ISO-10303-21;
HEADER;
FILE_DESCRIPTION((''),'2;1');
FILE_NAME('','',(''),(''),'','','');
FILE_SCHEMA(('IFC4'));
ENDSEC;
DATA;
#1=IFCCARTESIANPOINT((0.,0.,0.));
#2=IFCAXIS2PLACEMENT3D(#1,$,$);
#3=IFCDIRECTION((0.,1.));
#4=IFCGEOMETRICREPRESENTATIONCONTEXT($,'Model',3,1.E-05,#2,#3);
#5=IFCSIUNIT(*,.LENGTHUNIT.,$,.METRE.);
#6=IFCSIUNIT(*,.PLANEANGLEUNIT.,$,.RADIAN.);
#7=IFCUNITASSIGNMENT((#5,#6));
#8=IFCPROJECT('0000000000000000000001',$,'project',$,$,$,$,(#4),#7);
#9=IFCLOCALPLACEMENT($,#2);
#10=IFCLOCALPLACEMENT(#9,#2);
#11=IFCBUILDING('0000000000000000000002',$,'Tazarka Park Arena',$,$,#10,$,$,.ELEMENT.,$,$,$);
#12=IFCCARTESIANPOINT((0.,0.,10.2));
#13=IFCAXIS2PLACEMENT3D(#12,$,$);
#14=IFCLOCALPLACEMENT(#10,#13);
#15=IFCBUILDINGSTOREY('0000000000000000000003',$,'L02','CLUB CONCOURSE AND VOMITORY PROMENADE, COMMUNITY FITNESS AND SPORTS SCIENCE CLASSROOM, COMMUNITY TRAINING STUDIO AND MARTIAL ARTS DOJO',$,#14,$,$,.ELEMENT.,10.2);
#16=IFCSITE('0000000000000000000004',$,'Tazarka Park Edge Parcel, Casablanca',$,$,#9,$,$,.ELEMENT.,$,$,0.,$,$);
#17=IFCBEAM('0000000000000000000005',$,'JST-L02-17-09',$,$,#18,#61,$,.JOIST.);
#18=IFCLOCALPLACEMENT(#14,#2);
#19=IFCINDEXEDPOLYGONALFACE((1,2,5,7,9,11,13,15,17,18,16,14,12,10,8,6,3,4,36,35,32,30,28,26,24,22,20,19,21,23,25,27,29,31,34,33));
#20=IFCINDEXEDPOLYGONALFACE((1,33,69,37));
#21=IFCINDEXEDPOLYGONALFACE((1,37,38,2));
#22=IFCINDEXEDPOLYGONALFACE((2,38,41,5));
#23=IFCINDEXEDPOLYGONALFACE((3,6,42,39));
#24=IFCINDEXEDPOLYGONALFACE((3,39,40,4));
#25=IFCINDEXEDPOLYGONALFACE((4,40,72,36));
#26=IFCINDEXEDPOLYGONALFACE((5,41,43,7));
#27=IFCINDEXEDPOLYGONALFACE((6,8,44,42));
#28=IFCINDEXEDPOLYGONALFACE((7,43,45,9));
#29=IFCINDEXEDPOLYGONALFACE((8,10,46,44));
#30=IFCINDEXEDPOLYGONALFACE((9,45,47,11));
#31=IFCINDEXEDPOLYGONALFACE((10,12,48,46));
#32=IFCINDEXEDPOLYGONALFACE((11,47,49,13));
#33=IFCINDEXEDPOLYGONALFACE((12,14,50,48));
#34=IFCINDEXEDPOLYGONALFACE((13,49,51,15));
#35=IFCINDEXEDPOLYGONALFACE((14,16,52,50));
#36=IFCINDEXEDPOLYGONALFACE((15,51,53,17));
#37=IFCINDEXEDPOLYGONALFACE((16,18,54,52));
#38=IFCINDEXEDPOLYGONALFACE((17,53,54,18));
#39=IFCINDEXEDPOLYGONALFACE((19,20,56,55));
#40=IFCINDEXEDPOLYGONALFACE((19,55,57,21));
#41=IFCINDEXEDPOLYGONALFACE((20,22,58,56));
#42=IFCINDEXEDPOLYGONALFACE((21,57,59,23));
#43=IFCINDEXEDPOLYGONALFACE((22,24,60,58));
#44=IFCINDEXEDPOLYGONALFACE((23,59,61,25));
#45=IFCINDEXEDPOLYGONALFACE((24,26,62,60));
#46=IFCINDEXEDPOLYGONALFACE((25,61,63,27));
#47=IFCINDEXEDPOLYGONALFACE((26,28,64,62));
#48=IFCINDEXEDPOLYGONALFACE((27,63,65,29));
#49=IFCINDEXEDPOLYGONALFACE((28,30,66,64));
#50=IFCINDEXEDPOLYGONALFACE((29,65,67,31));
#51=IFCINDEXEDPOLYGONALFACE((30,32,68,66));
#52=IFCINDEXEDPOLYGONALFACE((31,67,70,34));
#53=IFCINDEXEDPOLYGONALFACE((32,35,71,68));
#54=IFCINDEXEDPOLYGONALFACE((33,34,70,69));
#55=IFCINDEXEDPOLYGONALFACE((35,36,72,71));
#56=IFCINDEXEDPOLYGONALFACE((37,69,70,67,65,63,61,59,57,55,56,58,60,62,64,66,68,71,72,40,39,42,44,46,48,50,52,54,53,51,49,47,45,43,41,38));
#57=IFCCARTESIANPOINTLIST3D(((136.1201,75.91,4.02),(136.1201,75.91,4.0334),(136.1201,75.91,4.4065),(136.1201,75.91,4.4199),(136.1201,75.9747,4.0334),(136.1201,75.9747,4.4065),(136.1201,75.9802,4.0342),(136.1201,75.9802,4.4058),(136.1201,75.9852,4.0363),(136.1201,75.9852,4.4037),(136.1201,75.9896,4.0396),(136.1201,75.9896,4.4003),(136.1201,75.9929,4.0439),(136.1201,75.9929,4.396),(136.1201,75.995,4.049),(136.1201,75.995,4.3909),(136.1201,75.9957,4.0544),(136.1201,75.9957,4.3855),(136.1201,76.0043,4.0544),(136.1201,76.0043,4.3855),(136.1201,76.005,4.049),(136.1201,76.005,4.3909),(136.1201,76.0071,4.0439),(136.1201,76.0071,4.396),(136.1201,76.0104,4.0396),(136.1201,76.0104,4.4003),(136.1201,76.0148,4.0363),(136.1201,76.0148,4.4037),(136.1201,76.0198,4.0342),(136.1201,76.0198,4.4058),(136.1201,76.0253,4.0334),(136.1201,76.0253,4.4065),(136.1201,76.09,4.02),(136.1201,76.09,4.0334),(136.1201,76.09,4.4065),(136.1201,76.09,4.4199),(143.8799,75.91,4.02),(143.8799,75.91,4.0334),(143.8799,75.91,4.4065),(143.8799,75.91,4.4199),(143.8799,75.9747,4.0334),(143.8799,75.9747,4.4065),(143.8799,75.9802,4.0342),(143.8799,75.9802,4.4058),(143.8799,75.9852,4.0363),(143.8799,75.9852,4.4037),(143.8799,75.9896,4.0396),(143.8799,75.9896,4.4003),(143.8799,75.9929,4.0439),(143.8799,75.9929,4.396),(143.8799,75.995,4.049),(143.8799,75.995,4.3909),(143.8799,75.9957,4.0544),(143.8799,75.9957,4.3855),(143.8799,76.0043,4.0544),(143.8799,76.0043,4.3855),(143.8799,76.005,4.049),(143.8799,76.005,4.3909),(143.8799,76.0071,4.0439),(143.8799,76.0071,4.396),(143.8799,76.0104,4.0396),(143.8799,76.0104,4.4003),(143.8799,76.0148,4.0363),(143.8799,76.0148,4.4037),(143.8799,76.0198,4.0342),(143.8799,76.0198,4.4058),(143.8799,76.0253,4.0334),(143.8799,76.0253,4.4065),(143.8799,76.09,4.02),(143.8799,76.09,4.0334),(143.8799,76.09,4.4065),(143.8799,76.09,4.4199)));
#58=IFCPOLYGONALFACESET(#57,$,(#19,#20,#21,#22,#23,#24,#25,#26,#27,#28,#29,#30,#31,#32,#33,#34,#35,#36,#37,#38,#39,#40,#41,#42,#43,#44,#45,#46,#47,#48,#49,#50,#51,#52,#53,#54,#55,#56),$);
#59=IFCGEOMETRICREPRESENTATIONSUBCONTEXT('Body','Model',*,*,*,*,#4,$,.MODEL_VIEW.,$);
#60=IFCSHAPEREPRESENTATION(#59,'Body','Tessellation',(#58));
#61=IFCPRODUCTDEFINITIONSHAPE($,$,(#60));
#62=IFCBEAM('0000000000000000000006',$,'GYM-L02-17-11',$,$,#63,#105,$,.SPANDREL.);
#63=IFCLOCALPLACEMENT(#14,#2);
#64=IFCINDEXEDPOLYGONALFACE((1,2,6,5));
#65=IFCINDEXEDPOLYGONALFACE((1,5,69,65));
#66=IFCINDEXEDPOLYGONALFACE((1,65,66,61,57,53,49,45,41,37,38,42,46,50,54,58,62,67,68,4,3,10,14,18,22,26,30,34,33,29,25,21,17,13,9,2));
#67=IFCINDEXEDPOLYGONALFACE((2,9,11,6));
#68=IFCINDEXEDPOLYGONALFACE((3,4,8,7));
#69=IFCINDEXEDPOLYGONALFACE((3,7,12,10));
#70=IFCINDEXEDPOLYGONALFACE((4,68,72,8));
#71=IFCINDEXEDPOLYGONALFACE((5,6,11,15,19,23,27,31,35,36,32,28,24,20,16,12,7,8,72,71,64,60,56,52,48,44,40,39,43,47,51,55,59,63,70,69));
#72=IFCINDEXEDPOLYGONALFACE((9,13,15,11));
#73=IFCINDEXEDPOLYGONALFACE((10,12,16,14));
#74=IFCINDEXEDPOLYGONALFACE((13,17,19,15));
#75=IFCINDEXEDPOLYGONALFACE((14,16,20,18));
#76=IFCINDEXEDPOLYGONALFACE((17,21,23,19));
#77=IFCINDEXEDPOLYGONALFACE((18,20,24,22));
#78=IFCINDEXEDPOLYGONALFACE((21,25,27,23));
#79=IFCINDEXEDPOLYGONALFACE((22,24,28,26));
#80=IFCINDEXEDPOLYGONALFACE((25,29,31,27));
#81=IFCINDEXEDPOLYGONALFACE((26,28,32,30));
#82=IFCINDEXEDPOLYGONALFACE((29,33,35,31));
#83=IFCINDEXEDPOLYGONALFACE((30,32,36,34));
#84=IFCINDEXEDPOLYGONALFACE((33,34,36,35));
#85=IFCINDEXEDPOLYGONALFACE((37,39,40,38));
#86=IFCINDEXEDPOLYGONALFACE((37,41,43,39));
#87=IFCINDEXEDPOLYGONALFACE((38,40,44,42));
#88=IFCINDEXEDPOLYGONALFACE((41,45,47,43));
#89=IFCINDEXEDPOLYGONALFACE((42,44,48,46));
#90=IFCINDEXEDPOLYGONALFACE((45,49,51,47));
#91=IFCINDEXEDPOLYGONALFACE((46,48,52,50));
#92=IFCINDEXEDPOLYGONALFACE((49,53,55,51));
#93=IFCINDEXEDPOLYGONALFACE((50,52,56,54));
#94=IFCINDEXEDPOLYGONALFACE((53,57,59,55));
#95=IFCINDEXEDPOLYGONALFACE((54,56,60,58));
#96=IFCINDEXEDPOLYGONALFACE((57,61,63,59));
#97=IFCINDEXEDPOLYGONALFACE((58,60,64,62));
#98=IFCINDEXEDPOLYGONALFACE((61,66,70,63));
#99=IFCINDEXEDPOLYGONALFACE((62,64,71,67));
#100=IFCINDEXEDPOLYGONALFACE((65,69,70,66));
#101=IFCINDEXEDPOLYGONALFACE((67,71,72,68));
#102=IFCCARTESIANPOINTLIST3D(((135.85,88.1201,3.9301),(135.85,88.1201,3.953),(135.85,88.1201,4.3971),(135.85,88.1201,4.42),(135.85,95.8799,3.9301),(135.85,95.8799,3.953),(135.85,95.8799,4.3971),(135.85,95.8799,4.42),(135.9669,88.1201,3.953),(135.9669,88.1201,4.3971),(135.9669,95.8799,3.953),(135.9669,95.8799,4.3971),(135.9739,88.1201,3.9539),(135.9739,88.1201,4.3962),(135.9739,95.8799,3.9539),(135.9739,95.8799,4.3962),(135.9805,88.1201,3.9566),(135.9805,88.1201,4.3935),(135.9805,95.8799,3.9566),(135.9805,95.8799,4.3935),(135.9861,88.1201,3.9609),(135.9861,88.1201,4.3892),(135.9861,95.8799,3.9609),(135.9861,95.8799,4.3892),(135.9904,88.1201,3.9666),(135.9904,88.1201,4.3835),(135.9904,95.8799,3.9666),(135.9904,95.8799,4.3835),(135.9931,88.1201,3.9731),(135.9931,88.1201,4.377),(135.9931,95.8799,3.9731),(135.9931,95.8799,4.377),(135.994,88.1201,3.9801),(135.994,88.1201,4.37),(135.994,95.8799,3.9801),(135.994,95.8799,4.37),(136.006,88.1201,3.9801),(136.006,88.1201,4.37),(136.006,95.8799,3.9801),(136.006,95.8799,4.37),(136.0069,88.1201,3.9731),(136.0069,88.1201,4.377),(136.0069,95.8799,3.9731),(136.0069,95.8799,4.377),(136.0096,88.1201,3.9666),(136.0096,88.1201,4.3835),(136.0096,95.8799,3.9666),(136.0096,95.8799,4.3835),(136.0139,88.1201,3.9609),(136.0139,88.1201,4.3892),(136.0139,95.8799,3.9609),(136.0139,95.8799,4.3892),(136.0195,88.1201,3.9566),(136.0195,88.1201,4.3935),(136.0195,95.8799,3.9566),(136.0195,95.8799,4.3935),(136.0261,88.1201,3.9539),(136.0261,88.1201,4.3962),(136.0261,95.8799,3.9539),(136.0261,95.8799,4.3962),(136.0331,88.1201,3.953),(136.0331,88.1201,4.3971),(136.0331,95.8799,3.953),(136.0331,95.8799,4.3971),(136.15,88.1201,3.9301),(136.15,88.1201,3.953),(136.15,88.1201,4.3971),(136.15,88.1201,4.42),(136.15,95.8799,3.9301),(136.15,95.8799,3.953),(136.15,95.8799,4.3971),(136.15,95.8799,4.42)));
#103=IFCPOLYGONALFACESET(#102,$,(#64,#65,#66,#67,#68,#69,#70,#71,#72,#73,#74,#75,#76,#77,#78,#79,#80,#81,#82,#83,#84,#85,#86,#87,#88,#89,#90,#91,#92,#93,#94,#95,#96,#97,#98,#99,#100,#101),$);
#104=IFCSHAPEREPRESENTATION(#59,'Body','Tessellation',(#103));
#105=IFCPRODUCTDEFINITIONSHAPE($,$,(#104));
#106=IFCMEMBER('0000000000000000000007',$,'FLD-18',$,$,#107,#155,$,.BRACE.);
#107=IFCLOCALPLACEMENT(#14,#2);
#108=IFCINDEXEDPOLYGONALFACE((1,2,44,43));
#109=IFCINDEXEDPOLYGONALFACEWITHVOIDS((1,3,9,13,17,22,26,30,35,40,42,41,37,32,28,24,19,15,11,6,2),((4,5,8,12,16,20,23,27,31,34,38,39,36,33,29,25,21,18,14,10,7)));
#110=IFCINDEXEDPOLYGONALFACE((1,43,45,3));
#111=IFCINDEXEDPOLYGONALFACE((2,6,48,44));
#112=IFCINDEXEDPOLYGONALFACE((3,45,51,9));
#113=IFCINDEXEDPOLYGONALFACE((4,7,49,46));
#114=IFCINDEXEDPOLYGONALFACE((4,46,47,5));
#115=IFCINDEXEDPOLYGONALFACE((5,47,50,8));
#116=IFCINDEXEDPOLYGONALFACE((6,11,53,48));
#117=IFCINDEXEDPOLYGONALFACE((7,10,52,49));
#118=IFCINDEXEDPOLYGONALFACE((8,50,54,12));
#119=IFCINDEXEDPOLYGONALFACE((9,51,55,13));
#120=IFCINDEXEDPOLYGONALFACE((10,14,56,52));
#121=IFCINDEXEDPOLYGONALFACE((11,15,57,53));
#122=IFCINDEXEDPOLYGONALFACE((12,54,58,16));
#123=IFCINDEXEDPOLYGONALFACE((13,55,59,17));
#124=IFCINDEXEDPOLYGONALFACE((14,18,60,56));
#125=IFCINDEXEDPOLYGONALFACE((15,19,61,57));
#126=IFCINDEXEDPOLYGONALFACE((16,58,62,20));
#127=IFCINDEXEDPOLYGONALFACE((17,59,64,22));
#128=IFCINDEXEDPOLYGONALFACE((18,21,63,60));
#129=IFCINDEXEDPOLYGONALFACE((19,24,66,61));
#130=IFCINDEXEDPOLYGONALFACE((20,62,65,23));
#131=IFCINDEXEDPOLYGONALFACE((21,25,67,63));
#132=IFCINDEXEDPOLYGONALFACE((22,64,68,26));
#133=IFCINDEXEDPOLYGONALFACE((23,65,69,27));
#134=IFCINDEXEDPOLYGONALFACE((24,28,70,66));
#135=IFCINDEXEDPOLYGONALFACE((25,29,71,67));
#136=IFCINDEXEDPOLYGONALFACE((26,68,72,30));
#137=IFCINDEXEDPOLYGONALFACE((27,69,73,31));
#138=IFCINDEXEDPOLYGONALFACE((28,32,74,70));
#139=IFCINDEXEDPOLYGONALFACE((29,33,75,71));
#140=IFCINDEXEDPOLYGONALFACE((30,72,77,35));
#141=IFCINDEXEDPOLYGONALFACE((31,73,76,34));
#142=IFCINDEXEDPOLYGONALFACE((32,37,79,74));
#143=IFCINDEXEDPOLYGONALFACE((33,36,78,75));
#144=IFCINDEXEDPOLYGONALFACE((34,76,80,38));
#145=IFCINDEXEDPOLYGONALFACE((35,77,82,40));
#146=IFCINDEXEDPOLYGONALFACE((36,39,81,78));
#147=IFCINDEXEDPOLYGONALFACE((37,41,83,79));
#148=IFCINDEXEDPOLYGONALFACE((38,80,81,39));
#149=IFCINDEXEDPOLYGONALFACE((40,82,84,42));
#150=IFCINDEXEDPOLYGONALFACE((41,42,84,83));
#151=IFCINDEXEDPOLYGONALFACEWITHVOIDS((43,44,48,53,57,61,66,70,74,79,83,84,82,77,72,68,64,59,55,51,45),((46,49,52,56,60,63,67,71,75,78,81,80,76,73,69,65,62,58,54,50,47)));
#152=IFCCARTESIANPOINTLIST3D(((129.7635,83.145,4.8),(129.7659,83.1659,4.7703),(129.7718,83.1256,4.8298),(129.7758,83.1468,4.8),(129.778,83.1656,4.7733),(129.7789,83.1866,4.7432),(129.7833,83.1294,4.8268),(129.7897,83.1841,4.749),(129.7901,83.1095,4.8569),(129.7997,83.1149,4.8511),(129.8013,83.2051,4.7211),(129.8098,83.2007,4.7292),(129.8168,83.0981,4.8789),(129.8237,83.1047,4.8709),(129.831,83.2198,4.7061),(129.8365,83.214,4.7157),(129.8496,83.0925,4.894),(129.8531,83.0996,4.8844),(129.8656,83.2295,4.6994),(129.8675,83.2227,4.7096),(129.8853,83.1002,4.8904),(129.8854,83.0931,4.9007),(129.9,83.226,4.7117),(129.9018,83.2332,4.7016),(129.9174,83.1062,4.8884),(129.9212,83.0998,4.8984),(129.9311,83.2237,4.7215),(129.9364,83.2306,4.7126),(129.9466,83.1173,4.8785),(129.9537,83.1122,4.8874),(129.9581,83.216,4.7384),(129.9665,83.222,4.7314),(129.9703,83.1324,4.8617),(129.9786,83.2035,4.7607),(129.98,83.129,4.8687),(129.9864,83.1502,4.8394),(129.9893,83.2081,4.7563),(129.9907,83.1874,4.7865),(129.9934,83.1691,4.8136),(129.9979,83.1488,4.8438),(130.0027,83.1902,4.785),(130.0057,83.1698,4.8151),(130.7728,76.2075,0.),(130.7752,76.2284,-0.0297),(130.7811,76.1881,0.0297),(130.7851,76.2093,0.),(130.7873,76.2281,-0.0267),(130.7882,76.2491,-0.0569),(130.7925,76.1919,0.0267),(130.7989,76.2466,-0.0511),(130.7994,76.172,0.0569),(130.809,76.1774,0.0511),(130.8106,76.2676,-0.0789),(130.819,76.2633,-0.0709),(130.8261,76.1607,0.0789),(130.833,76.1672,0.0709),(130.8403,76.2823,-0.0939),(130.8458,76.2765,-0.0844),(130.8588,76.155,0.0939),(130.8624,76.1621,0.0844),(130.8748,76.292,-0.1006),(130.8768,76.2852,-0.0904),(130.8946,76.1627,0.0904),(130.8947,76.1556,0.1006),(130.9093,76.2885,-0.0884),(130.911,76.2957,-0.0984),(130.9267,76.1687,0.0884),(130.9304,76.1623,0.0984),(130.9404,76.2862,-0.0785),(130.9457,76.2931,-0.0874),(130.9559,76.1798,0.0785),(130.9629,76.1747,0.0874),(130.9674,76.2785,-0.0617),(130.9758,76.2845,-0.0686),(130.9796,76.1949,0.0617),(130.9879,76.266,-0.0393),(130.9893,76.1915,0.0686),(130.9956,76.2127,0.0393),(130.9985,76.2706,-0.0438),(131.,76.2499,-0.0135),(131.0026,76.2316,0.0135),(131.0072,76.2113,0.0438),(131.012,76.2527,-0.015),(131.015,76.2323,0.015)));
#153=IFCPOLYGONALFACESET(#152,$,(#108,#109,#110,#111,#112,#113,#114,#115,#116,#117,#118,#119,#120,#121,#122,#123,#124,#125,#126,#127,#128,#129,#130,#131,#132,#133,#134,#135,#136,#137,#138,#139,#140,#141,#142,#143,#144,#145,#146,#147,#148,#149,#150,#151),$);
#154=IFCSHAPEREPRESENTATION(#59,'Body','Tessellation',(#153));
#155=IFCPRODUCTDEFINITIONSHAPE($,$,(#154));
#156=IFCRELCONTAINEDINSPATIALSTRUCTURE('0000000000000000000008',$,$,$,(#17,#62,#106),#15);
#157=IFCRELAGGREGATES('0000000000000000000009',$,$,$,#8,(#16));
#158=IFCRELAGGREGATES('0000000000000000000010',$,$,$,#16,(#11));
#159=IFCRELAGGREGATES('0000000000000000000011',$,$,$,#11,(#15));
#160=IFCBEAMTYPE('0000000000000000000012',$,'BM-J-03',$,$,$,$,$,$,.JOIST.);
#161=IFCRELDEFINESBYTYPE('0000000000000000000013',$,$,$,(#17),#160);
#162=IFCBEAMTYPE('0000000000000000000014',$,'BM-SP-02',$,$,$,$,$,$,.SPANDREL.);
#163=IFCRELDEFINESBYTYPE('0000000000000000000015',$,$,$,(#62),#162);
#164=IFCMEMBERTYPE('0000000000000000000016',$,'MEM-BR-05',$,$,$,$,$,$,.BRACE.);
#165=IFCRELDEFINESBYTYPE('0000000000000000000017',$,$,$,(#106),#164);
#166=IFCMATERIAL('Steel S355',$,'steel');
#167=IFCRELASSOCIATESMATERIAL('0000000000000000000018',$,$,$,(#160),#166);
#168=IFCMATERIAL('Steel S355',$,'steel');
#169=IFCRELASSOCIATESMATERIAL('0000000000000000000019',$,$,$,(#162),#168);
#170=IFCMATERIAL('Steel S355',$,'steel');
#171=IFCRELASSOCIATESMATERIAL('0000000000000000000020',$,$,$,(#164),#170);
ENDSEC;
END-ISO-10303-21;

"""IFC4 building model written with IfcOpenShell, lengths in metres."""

from ifc_helpers import new_model, si_unit, direction, frame, origin, origin_2d, place, context, subcontext, project, spatial, hollow_circle, i_section, extrude, material, material_profile, profile_set, type_object, element, save


model = new_model("IFC4")

# Units and contexts
model_context = context("Model", 3, precision=1e-05, world=origin(), true_north=direction((0.0, 1.0)))
body_context = subcontext(model_context, "Body", "Model", "MODEL_VIEW")
ifc_project = project(units=[si_unit("LENGTHUNIT", "METRE"), si_unit("PLANEANGLEUNIT", "RADIAN")], contexts=[model_context])

# Site, building, storey
site_placement = place(None, origin())
site = spatial("IfcSite", under=ifc_project, at=site_placement, Name="Tazarka Park Edge Parcel, Casablanca", CompositionType="ELEMENT", RefElevation=0.0)
building_placement = place(site_placement, origin())
building = spatial("IfcBuilding", under=site, at=building_placement, Name="Tazarka Park Arena", CompositionType="ELEMENT")
storey_placement = place(building_placement, frame((0.0, 0.0, 10.2)))
storey = spatial("IfcBuildingStorey", under=building, at=storey_placement, Name="L02", Description="CLUB CONCOURSE AND VOMITORY PROMENADE, COMMUNITY FITNESS AND SPORTS SCIENCE CLASSROOM, COMMUNITY TRAINING STUDIO AND MARTIAL ARTS DOJO", CompositionType="ELEMENT", Elevation=10.2)

# Beams
ifc_material_1 = material(Name="Steel S355", Category="steel")
ifc_material_profile_1 = material_profile(ifc_material_1, i_section(OverallWidth=0.1799, OverallDepth=0.3999, WebThickness=0.0085, FlangeThickness=0.0134, FilletRadius=0.021, at=origin_2d()), Name="Steel S355")
ifc_profile_set_1 = profile_set([ifc_material_profile_1], Name="Steel S355")
beam_type_1 = type_object("IfcBeamType", Name="BM-J-03", PredefinedType="JOIST", material=ifc_profile_set_1)
beam_1_placement = place(storey_placement, frame((136.1201, 76.0, 4.22), z_axis=(1.0, 0.0, 0.0), x_axis=(0.0, 1.0, 0.0)))
element("IfcBeam", 1, at=beam_1_placement, inside=storey, type_object=beam_type_1, Name="JST-L02-17-09", PredefinedType="JOIST", context=body_context, shape_type="SweptSolid", body=[
    extrude(i_section(OverallWidth=0.1799, OverallDepth=0.3999, WebThickness=0.0085, FlangeThickness=0.0134, FilletRadius=0.021, at=origin_2d()), origin(), (0.0, 0.0, 1.0), 7.7598),
])
ifc_material_2 = material(Name="Steel S355", Category="steel")
ifc_material_profile_2 = material_profile(ifc_material_2, i_section(OverallWidth=0.3, OverallDepth=0.49, WebThickness=0.012, FlangeThickness=0.0229, FilletRadius=0.0271, at=origin_2d()), Name="Steel S355")
ifc_profile_set_2 = profile_set([ifc_material_profile_2], Name="Steel S355")
beam_type_2 = type_object("IfcBeamType", Name="BM-SP-02", PredefinedType="SPANDREL", material=ifc_profile_set_2)
beam_2_placement = place(storey_placement, frame((136.0, 88.1201, 4.175), z_axis=(0.0, 1.0, 0.0), x_axis=(-1.0, 0.0, 0.0)))
element("IfcBeam", 2, at=beam_2_placement, inside=storey, type_object=beam_type_2, Name="GYM-L02-17-11", PredefinedType="SPANDREL", context=body_context, shape_type="SweptSolid", body=[
    extrude(i_section(OverallWidth=0.3, OverallDepth=0.49, WebThickness=0.012, FlangeThickness=0.0229, FilletRadius=0.0271, at=origin_2d()), origin(), (0.0, 0.0, 1.0), 7.7598),
])

# Member
ifc_material_3 = material(Name="Steel S355", Category="steel")
ifc_material_profile_3 = material_profile(ifc_material_3, hollow_circle(Radius=0.1223, WallThickness=0.0125, at=origin_2d()), Name="Steel S355")
ifc_profile_set_3 = profile_set([ifc_material_profile_3], Name="Steel S355")
member_type_1 = type_object("IfcMemberType", Name="MEM-BR-05", PredefinedType="BRACE", material=ifc_profile_set_3)
member_1_placement = place(storey_placement, frame((130.8938, 76.2251, 0.0), z_axis=(-0.118789, 0.816527, 0.564954), x_axis=(-0.989583, -0.143966, 0.0)))
element("IfcMember", 3, at=member_1_placement, inside=storey, type_object=member_type_1, Name="FLD-18", PredefinedType="BRACE", context=body_context, shape_type="SweptSolid", body=[
    extrude(hollow_circle(Radius=0.1223, WallThickness=0.0125, at=origin_2d()), origin(), (0.0, 0.0, 1.0), 8.4963),
])

save(model, "model.ifc")
